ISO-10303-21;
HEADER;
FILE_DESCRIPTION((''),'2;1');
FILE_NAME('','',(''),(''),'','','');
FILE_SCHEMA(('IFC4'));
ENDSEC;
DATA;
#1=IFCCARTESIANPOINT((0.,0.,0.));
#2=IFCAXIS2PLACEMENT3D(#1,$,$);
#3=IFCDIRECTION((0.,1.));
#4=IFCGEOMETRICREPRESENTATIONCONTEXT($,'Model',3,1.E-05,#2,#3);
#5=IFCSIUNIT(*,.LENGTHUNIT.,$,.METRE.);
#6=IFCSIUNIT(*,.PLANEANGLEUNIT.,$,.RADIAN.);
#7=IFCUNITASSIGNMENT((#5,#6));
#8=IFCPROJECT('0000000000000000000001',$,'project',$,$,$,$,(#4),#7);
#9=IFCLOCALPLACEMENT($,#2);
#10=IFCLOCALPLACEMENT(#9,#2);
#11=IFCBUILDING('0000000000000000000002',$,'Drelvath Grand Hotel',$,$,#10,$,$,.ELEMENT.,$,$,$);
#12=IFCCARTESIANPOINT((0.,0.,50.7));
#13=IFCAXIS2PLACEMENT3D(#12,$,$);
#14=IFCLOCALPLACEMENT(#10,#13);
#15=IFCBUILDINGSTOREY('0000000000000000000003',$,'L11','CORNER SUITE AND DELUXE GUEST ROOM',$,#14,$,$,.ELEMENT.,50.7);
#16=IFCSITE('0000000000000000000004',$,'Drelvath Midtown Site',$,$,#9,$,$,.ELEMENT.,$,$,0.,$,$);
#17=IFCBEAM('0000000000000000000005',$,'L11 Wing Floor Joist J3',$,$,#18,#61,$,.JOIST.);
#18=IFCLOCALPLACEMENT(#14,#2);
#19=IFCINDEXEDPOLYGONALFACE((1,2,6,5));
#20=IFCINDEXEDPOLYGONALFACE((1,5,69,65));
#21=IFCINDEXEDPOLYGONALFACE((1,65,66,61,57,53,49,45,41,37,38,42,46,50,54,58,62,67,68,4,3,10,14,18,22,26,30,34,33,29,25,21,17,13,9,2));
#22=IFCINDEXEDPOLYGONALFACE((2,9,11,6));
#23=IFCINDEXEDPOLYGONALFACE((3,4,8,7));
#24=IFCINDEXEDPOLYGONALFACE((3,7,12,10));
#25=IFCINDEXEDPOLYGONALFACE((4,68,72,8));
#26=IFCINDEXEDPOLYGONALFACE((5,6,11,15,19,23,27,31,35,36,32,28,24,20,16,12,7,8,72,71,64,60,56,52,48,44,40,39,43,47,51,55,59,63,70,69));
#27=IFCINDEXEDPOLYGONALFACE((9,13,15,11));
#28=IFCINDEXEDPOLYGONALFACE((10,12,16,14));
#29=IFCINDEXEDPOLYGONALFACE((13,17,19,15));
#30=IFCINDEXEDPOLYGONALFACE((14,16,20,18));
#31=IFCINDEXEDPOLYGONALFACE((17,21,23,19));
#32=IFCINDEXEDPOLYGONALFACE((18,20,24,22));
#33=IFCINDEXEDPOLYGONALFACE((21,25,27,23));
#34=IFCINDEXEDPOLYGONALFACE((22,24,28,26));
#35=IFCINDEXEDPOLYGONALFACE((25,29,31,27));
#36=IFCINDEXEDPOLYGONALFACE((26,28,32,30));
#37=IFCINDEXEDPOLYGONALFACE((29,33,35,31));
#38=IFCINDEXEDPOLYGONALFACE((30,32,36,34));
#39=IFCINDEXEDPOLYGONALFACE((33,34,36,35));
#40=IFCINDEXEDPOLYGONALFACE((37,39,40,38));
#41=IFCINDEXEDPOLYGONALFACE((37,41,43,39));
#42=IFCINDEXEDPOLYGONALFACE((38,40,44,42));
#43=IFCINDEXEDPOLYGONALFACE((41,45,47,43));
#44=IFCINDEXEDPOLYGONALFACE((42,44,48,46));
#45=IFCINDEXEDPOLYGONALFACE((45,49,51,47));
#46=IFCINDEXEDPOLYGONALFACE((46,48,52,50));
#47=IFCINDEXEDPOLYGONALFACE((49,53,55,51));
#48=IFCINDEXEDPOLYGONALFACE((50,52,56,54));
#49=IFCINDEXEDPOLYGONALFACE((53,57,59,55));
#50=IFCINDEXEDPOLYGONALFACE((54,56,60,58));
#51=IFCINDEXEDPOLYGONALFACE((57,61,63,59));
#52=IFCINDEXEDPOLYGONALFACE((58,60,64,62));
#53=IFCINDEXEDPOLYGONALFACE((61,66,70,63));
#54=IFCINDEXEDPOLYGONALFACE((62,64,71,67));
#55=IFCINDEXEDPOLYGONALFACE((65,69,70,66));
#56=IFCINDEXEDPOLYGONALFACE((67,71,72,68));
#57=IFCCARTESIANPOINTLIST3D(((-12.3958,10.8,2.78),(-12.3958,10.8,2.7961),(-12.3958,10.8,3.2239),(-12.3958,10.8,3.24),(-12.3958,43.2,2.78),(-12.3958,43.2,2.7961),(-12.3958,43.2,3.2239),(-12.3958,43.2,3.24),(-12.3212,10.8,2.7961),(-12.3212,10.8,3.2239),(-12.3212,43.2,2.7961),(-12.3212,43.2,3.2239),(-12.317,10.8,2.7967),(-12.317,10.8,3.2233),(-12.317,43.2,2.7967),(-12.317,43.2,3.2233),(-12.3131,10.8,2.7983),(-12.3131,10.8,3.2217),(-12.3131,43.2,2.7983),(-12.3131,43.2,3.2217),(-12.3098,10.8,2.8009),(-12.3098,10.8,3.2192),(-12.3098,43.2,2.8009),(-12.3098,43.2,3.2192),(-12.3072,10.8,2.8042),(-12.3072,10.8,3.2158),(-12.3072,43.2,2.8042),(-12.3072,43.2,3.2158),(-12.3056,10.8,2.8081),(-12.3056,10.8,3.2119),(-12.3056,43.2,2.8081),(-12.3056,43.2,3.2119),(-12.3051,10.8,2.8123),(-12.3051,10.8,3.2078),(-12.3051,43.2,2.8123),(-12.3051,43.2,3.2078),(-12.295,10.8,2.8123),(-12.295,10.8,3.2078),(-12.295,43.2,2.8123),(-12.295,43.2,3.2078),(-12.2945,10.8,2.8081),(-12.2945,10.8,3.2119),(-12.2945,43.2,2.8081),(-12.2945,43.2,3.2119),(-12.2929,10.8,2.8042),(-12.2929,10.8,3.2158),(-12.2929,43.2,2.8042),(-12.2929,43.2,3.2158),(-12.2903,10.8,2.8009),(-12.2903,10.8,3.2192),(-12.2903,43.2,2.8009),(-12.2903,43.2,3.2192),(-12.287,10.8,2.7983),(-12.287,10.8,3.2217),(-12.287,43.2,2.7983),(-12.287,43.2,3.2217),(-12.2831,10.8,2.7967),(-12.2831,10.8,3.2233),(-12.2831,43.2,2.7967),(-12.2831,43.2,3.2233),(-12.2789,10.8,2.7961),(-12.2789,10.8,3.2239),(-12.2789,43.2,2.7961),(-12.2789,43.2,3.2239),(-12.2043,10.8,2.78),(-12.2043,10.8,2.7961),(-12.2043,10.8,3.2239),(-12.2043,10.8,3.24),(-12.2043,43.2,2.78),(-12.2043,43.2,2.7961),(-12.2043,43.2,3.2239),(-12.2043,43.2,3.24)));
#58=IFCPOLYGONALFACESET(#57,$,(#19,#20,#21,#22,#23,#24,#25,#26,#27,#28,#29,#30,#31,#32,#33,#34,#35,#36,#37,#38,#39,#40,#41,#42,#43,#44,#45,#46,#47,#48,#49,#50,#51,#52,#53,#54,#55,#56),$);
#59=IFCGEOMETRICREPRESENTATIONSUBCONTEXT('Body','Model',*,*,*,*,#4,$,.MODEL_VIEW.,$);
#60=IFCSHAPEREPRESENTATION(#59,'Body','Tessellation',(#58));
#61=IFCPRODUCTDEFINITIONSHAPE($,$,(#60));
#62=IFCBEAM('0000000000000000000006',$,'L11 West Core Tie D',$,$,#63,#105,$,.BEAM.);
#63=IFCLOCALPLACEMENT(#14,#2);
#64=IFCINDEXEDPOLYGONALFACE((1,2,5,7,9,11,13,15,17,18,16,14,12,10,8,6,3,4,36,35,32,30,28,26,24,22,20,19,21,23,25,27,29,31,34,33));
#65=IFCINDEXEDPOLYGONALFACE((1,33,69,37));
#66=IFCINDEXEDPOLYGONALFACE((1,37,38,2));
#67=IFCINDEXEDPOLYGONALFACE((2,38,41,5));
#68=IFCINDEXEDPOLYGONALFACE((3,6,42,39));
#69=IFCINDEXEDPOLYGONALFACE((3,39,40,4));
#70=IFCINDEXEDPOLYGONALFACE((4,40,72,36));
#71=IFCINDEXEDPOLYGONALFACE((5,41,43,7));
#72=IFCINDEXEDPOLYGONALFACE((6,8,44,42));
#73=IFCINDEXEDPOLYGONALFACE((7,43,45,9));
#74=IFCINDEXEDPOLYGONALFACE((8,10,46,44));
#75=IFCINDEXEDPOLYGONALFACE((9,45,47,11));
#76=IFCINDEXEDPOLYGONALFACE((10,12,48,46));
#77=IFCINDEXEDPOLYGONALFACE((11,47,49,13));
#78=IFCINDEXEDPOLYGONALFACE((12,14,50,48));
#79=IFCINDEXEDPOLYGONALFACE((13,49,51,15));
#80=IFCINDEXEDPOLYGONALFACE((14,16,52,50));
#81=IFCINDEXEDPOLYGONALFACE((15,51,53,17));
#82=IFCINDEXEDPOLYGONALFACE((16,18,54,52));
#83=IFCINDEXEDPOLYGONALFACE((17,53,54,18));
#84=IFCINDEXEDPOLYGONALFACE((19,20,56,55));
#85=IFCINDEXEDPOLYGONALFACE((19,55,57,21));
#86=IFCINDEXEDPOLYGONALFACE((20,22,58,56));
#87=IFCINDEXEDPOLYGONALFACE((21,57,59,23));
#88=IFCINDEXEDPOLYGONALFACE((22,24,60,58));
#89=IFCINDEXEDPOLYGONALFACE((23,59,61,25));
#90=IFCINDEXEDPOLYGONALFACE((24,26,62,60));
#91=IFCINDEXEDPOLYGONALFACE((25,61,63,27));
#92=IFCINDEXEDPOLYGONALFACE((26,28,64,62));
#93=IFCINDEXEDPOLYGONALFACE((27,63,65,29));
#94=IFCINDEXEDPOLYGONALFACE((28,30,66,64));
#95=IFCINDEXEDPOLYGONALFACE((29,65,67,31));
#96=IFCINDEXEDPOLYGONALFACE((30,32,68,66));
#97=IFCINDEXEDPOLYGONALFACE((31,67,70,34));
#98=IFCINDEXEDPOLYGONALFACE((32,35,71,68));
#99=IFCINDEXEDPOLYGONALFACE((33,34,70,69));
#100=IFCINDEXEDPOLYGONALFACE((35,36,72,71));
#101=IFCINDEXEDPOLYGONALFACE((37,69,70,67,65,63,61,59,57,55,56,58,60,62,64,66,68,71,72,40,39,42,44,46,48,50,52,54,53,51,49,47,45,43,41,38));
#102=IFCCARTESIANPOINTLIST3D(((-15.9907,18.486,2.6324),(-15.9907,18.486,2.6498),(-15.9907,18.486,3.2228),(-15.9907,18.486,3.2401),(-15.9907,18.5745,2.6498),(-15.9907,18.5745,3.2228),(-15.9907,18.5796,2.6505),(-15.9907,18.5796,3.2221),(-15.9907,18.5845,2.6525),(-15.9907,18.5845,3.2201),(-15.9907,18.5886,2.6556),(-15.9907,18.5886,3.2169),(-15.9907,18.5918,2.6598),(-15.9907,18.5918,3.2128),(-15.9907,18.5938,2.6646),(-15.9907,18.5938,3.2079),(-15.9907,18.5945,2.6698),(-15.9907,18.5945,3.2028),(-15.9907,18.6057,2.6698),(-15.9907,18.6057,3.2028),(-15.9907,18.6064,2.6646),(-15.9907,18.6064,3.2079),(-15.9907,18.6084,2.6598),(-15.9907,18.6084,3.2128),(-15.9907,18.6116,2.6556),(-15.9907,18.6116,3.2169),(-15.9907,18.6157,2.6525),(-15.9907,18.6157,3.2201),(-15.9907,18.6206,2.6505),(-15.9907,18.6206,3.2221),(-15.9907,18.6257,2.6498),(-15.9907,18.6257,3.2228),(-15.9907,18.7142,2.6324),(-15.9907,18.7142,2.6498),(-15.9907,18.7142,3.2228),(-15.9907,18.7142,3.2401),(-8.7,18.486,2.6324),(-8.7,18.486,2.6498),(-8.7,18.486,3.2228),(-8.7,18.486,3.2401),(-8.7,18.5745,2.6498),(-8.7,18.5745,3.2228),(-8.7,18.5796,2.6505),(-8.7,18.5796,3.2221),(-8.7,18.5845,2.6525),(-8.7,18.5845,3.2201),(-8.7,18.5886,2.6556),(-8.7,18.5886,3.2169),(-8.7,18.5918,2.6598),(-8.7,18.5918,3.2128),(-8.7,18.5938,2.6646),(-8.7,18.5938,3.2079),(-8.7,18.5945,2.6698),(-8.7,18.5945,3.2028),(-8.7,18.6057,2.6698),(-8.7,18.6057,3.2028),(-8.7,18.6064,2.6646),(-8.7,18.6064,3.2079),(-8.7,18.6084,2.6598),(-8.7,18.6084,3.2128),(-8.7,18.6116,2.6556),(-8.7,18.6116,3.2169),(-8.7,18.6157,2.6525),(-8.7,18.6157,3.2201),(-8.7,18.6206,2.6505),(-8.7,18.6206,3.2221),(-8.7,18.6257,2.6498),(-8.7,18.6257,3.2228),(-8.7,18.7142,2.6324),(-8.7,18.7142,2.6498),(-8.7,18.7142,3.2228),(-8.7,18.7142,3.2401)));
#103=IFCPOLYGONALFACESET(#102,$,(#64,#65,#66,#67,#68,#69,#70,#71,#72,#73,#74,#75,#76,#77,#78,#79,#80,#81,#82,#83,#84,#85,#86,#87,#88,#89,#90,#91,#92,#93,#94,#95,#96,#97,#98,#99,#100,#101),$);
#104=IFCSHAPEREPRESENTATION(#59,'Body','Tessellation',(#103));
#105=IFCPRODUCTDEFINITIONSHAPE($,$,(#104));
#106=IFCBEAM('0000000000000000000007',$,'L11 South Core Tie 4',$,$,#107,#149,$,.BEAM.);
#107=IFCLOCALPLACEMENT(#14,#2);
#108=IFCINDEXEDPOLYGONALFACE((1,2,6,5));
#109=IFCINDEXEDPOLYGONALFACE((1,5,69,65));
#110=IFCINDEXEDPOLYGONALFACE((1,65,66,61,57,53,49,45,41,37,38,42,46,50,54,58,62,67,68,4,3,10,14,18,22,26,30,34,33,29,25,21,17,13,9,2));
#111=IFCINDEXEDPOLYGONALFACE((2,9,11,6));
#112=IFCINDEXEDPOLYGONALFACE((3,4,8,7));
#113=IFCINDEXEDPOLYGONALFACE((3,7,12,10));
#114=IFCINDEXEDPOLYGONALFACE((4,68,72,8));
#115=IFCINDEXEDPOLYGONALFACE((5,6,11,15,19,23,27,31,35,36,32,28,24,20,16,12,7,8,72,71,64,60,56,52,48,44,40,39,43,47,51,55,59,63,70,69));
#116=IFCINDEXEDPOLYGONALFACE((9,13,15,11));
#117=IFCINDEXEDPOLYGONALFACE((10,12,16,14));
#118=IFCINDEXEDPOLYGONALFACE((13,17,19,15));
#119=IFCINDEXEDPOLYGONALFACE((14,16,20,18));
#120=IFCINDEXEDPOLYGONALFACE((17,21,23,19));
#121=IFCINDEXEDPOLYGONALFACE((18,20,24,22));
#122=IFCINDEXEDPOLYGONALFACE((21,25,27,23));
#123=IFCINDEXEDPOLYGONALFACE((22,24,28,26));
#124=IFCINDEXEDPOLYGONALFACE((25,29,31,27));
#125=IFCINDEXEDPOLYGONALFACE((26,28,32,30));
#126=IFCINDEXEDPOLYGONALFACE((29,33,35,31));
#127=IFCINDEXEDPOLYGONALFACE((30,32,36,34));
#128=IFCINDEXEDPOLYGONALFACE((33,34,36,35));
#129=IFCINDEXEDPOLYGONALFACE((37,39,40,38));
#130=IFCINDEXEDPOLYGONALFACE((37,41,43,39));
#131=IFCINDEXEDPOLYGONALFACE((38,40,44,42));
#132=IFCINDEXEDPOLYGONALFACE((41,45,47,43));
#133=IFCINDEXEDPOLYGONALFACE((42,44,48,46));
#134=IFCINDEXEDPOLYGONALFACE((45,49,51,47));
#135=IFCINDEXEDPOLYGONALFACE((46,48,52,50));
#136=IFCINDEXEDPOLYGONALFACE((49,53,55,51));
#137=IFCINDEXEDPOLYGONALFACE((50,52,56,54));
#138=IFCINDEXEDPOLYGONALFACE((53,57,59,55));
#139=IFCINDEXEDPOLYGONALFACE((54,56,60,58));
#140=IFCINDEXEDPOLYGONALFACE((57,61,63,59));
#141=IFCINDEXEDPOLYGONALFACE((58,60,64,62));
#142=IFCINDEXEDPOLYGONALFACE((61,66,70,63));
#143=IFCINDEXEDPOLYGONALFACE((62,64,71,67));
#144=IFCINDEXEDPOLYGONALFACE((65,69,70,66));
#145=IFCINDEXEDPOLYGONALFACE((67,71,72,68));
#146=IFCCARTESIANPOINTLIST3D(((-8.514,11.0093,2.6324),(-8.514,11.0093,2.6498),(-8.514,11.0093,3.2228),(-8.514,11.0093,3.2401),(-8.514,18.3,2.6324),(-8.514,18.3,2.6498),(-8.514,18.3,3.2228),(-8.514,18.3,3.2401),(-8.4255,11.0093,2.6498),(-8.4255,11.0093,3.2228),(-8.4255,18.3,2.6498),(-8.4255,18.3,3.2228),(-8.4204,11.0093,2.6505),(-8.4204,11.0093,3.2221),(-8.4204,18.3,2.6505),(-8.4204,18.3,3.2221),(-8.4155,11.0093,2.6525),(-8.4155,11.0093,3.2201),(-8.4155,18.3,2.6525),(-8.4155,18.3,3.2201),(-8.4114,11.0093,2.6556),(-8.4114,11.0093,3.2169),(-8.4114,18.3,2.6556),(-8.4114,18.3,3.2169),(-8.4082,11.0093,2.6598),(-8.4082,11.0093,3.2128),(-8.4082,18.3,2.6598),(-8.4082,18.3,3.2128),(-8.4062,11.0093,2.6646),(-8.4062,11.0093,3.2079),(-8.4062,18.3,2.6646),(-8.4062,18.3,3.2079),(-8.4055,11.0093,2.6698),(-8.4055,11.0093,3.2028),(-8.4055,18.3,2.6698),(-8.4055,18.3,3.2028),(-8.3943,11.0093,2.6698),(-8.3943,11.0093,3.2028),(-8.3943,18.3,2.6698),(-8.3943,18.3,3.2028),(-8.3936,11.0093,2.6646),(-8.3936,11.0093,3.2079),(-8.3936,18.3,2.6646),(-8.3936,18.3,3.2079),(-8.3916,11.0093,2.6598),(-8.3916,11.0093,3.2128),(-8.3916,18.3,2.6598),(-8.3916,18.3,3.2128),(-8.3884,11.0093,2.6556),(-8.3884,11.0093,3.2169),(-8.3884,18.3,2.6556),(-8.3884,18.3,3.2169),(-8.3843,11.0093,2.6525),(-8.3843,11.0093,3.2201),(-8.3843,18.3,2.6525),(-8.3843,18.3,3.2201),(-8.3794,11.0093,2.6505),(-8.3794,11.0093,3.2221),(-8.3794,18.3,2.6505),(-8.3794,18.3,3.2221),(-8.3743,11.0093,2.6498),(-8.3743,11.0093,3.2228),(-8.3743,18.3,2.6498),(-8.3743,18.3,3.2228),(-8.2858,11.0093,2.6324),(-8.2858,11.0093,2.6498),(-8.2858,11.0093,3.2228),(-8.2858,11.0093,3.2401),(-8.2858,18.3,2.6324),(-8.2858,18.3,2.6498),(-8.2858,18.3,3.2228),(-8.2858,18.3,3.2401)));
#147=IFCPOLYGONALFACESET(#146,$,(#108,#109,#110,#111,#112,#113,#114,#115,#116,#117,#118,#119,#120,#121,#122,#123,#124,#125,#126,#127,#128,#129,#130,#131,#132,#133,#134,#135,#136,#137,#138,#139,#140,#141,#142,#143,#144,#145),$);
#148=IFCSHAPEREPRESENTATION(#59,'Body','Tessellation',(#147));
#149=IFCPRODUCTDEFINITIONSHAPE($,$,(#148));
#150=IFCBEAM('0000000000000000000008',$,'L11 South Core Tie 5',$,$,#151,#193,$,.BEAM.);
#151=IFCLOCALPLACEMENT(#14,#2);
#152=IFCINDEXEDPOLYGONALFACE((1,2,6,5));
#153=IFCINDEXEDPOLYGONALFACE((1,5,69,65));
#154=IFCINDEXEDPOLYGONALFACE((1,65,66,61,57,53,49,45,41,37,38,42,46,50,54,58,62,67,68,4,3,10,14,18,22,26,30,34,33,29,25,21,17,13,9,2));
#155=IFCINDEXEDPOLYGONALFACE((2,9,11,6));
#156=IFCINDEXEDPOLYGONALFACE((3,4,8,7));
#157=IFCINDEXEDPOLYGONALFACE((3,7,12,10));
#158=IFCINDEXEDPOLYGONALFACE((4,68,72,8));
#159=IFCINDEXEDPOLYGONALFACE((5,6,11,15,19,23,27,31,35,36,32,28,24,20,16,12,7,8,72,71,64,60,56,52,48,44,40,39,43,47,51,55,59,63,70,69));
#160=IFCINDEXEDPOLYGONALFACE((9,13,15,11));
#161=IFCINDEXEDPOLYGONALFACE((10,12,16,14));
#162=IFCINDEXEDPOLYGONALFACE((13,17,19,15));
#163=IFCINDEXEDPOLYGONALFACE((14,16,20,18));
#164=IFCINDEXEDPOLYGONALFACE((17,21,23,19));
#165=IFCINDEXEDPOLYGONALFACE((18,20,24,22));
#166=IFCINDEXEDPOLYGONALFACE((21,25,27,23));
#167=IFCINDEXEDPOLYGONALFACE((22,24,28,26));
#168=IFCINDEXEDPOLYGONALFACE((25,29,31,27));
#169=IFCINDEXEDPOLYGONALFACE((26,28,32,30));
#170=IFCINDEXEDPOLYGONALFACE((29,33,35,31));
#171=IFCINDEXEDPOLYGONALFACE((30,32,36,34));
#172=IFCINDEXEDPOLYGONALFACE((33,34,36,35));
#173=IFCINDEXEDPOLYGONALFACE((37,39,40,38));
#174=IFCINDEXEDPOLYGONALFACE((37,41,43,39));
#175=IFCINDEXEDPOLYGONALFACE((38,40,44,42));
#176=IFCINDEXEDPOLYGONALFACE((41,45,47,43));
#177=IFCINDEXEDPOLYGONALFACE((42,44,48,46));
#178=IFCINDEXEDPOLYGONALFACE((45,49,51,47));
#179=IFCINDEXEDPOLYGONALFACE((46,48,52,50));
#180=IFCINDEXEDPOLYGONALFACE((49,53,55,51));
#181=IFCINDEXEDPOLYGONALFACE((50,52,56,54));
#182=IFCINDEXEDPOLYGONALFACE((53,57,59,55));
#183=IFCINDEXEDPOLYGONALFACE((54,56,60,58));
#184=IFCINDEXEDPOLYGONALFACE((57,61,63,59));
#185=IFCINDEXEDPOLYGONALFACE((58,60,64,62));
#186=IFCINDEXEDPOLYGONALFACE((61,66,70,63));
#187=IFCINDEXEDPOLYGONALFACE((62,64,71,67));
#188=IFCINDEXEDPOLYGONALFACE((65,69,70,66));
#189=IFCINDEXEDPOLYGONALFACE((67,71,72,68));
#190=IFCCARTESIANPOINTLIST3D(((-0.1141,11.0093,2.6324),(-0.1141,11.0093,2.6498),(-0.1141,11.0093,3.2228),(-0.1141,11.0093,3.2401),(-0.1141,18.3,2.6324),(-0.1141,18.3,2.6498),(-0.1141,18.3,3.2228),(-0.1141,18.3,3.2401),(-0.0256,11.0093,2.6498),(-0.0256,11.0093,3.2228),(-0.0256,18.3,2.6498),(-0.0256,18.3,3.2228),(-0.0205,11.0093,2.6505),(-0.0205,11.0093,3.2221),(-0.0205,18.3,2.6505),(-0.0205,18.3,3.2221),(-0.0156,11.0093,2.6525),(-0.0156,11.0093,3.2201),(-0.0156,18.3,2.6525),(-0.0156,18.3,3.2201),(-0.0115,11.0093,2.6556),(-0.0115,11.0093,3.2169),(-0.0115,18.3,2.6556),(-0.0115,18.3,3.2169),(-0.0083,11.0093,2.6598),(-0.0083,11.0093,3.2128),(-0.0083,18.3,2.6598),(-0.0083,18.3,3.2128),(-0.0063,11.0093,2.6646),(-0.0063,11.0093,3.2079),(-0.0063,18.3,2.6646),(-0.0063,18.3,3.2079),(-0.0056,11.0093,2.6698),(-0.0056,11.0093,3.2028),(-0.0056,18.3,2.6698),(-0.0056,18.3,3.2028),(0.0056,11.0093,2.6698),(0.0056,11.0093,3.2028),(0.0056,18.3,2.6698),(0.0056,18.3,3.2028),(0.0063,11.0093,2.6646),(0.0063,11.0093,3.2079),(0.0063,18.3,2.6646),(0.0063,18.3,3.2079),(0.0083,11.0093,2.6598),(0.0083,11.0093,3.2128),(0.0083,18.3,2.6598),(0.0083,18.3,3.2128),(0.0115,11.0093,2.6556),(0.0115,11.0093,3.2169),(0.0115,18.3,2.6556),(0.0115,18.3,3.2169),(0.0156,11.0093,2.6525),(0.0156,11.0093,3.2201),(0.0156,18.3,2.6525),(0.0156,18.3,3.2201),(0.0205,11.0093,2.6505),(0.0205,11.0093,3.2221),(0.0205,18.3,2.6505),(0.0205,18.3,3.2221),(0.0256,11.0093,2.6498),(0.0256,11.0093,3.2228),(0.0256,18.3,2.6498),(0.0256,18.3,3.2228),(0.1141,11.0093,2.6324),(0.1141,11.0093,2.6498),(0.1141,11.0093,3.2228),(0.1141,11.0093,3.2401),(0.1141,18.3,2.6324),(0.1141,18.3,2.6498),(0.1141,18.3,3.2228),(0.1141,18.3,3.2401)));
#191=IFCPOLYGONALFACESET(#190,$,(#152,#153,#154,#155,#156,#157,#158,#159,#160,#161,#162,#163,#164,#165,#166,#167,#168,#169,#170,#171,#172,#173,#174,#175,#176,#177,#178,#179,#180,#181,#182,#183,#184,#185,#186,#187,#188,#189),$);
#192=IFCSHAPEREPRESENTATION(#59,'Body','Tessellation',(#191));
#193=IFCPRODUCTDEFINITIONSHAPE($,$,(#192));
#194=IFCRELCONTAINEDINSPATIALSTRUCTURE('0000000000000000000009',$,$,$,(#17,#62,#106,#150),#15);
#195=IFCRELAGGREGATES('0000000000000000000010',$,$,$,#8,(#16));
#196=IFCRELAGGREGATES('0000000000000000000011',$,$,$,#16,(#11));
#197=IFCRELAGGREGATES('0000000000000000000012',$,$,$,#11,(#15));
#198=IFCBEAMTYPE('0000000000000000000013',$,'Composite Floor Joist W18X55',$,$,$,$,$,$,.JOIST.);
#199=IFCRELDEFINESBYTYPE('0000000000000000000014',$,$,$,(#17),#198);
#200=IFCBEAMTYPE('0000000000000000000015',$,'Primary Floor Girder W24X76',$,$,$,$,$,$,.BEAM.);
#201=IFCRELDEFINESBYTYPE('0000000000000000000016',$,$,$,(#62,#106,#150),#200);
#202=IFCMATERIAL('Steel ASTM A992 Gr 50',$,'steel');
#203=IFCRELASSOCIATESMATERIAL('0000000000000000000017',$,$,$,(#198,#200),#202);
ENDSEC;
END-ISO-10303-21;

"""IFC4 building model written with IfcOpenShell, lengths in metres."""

from ifc_helpers import new_model, si_unit, direction, frame, origin, origin_2d, place, context, subcontext, project, spatial, i_section, extrude, material, material_profile, profile_set, type_object, element, save


model = new_model("IFC4")

# Units and contexts
model_context = context("Model", 3, precision=1e-05, world=origin(), true_north=direction((0.0, 1.0)))
body_context = subcontext(model_context, "Body", "Model", "MODEL_VIEW")
ifc_project = project(units=[si_unit("LENGTHUNIT", "METRE"), si_unit("PLANEANGLEUNIT", "RADIAN")], contexts=[model_context])

# Site, building, storey
site_placement = place(None, origin())
site = spatial("IfcSite", under=ifc_project, at=site_placement, Name="Drelvath Midtown Site", CompositionType="ELEMENT", RefElevation=0.0)
building_placement = place(site_placement, origin())
building = spatial("IfcBuilding", under=site, at=building_placement, Name="Drelvath Grand Hotel", CompositionType="ELEMENT")
storey_placement = place(building_placement, frame((0.0, 0.0, 50.7)))
storey = spatial("IfcBuildingStorey", under=building, at=storey_placement, Name="L11", Description="CORNER SUITE AND DELUXE GUEST ROOM", CompositionType="ELEMENT", Elevation=50.7)

# Beams
ifc_material_1 = material(Name="Steel ASTM A992 Gr 50", Category="steel")
ifc_material_profile_1 = material_profile(ifc_material_1, i_section(OverallWidth=0.1914, OverallDepth=0.46, WebThickness=0.01, FlangeThickness=0.0161, FilletRadius=0.0161, at=origin_2d()), Name="W18X55")
ifc_profile_set_1 = profile_set([ifc_material_profile_1], Name="Steel ASTM A992 Gr 50")
beam_type_1 = type_object("IfcBeamType", Name="Composite Floor Joist W18X55", PredefinedType="JOIST", material=ifc_profile_set_1)
beam_1_placement = place(storey_placement, frame((-12.3, 10.8, 3.01), z_axis=(0.0, 1.0, 0.0), x_axis=(-1.0, 0.0, 0.0)))
element("IfcBeam", 1, at=beam_1_placement, inside=storey, type_object=beam_type_1, Name="L11 Wing Floor Joist J3", PredefinedType="JOIST", context=body_context, shape_type="SweptSolid", body=[
    extrude(i_section(OverallWidth=0.1914, OverallDepth=0.46, WebThickness=0.01, FlangeThickness=0.0161, FilletRadius=0.0161, at=origin_2d()), origin(), (0.0, 0.0, 1.0), 32.3999),
])
ifc_material_profile_2 = material_profile(ifc_material_1, i_section(OverallWidth=0.2283, OverallDepth=0.6077, WebThickness=0.0112, FlangeThickness=0.0173, FilletRadius=0.02, at=origin_2d()), Name="W24X76")
ifc_profile_set_2 = profile_set([ifc_material_profile_2], Name="Steel ASTM A992 Gr 50")
beam_type_2 = type_object("IfcBeamType", Name="Primary Floor Girder W24X76", PredefinedType="BEAM", material=ifc_profile_set_2)
for number, where, z_axis, x_axis, name in (
    (2, (-15.9907, 18.6001, 2.9363), (1.0, 0.0, 0.0), (0.0, 1.0, 0.0), "L11 West Core Tie D"),
    (3, (-8.3999, 11.0093, 2.9363), (0.0, 1.0, 0.0), (-1.0, 0.0, 0.0), "L11 South Core Tie 4"),
    (4, (0.0, 11.0093, 2.9363), (0.0, 1.0, 0.0), (-1.0, 0.0, 0.0), "L11 South Core Tie 5"),
):
    element("IfcBeam", number, at=place(storey_placement, frame(where, z_axis=z_axis, x_axis=x_axis)), inside=storey, type_object=beam_type_2, Name=name, PredefinedType="BEAM", context=body_context, shape_type="SweptSolid", body=[
        extrude(i_section(OverallWidth=0.2283, OverallDepth=0.6077, WebThickness=0.0112, FlangeThickness=0.0173, FilletRadius=0.02, at=origin_2d()), origin(), (0.0, 0.0, 1.0), 7.2908),
    ])

save(model, "model.ifc")
